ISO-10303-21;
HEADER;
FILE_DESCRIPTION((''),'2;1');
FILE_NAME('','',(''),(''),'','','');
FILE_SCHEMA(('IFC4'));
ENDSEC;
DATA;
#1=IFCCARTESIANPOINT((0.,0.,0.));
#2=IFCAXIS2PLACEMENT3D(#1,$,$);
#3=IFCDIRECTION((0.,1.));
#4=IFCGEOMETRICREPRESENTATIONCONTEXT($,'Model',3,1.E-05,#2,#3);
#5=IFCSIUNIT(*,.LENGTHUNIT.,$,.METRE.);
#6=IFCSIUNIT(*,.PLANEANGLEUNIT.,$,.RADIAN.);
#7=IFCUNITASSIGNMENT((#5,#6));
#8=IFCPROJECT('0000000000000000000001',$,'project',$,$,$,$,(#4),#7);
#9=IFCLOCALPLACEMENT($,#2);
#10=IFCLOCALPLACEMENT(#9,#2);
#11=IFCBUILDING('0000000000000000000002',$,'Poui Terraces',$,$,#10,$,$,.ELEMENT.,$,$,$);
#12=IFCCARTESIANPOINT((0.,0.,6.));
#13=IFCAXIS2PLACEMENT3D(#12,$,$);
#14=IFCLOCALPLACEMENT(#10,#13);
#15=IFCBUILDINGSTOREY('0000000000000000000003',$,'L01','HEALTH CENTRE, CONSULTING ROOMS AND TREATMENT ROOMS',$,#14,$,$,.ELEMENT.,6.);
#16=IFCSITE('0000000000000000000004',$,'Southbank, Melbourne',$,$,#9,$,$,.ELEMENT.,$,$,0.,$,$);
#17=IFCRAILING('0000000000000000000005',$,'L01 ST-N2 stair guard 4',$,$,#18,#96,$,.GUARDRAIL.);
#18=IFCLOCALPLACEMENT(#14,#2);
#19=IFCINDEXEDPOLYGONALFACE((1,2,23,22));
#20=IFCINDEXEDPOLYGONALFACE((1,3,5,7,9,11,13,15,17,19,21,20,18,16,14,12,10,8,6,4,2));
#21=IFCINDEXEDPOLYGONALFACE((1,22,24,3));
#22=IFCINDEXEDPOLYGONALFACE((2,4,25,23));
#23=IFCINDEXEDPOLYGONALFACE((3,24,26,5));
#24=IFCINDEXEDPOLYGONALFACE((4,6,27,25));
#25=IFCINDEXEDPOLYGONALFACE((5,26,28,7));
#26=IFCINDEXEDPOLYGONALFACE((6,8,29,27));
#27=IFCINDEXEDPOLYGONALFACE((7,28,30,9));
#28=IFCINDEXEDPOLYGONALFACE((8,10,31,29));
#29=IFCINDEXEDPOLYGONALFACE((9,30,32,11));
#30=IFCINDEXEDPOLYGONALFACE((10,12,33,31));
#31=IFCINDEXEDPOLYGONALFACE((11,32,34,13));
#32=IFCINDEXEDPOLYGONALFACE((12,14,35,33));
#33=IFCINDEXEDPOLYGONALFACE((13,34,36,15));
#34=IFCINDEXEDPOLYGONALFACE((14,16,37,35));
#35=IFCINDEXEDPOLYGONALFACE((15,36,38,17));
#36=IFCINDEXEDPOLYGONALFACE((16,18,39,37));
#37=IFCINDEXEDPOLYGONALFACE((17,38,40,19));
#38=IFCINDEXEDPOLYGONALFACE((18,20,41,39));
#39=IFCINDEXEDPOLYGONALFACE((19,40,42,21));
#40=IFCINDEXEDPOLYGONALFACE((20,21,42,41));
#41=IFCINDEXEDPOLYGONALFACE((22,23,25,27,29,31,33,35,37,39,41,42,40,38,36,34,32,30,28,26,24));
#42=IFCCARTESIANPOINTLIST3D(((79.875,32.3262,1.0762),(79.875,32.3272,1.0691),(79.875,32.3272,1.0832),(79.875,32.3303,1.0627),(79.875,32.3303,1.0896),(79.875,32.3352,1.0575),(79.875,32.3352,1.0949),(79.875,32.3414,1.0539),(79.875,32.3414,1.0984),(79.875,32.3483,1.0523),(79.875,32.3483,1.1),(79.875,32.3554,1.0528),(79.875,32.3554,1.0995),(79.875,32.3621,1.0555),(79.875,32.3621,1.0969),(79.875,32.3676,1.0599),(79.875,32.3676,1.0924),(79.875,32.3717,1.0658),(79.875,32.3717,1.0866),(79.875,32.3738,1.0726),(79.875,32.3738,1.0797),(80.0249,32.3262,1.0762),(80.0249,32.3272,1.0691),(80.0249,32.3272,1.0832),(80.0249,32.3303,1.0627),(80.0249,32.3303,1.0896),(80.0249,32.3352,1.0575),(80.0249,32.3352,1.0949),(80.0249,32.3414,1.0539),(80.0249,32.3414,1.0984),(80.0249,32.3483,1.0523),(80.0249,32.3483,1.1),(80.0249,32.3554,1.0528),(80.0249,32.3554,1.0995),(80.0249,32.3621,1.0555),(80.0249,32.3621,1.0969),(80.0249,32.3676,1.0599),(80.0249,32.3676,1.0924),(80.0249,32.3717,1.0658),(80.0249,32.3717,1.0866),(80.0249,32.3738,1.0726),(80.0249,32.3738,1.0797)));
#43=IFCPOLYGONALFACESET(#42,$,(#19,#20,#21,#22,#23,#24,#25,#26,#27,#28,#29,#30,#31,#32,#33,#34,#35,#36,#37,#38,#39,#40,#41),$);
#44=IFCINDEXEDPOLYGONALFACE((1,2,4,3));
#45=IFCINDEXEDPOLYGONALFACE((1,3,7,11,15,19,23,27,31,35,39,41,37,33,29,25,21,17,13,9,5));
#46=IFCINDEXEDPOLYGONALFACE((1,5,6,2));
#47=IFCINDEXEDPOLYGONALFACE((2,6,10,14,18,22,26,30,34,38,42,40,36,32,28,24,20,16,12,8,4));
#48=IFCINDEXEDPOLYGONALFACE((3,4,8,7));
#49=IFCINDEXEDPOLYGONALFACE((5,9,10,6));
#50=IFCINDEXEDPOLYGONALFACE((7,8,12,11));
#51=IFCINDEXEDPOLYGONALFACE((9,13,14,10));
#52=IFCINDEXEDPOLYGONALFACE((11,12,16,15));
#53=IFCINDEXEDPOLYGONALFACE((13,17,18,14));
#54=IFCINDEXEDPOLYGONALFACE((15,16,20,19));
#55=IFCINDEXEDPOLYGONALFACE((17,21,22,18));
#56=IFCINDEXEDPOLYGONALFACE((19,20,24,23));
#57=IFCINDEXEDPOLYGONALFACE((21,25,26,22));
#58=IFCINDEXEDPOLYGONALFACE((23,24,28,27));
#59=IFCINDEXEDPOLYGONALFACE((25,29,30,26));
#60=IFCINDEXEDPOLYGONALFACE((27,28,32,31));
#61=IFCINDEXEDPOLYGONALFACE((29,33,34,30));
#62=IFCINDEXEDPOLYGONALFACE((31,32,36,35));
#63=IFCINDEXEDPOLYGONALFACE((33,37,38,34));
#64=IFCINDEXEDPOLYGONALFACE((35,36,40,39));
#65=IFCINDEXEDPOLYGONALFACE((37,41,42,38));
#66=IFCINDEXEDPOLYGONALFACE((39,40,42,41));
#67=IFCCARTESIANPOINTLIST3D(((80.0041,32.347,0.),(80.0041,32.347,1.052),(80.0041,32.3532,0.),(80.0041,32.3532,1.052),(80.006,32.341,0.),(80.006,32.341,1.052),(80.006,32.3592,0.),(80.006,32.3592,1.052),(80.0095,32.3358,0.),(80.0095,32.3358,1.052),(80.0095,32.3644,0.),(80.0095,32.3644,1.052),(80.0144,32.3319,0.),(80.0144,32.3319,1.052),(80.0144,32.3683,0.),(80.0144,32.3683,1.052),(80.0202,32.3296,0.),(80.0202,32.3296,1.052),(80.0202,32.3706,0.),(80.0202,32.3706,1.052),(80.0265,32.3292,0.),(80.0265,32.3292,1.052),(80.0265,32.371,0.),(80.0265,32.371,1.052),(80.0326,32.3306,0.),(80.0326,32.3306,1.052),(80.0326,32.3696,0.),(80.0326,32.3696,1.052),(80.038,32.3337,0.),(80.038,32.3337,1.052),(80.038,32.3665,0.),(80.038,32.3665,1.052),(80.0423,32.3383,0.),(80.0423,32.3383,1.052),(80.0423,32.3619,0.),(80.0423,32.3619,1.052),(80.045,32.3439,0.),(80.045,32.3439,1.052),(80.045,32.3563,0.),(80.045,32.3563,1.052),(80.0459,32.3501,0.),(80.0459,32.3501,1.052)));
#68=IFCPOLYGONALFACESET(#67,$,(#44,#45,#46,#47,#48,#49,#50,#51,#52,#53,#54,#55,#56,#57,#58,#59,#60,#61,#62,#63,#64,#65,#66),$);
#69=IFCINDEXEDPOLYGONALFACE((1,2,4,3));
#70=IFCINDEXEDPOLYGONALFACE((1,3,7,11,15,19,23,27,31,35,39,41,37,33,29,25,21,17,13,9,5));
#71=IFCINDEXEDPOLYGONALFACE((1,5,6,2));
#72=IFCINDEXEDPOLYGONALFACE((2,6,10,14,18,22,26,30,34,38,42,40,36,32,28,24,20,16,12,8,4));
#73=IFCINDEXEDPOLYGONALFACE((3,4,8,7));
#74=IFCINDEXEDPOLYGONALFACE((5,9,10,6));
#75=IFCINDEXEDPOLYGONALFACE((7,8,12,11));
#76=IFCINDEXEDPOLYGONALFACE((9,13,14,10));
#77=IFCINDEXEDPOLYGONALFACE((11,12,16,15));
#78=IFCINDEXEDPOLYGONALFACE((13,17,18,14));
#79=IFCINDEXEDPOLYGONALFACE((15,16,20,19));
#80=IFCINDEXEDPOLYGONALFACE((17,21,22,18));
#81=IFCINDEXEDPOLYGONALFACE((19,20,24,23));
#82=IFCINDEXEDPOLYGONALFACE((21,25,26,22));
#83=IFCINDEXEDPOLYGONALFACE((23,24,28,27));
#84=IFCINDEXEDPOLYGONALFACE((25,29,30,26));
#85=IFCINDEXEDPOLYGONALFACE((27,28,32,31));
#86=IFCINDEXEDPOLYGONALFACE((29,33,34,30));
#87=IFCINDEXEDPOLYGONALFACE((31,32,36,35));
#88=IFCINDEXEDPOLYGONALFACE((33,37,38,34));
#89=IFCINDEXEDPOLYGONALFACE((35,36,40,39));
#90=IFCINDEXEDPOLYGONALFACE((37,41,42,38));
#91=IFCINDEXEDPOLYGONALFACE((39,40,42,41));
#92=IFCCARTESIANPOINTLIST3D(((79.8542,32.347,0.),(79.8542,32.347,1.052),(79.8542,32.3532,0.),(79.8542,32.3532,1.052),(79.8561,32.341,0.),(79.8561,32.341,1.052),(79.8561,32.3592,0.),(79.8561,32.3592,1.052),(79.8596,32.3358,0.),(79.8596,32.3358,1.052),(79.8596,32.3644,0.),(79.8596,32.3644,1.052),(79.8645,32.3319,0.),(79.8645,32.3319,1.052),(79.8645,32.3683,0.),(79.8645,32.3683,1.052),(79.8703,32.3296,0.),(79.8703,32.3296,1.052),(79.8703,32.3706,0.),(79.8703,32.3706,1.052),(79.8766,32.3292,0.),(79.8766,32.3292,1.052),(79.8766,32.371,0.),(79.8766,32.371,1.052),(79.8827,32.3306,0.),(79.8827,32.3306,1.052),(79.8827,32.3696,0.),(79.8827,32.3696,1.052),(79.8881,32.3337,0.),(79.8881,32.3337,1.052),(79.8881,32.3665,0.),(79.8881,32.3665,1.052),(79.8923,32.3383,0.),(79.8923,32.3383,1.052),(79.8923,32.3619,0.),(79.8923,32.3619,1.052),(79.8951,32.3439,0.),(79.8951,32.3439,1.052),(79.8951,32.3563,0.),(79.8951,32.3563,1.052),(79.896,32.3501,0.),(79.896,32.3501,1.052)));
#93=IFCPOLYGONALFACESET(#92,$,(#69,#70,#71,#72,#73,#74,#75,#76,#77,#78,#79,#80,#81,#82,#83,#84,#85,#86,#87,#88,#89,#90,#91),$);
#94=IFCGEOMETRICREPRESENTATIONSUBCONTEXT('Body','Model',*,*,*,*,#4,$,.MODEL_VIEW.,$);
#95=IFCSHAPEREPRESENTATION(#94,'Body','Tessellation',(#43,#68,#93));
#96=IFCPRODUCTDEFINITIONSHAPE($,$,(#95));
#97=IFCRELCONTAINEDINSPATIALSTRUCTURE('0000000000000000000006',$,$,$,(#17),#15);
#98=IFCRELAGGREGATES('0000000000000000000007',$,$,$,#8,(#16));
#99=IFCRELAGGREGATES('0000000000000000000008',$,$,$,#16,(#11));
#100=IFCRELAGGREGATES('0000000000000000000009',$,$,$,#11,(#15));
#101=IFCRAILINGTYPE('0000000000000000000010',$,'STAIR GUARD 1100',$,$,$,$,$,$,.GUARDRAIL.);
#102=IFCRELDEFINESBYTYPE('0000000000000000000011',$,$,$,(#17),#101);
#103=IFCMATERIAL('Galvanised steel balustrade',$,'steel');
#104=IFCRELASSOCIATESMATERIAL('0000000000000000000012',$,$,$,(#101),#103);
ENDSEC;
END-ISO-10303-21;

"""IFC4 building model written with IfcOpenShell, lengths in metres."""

from ifc_helpers import new_model, si_unit, direction, frame, origin, origin_2d, place, context, subcontext, project, spatial, circle, extrude, material, type_object, element, save


model = new_model("IFC4")

# Units and contexts
model_context = context("Model", 3, precision=1e-05, world=origin(), true_north=direction((0.0, 1.0)))
body_context = subcontext(model_context, "Body", "Model", "MODEL_VIEW")
ifc_project = project(units=[si_unit("LENGTHUNIT", "METRE"), si_unit("PLANEANGLEUNIT", "RADIAN")], contexts=[model_context])

# Site, building, storey
site_placement = place(None, origin())
site = spatial("IfcSite", under=ifc_project, at=site_placement, Name="Southbank, Melbourne", CompositionType="ELEMENT", RefElevation=0.0)
building_placement = place(site_placement, origin())
building = spatial("IfcBuilding", under=site, at=building_placement, Name="Poui Terraces", CompositionType="ELEMENT")
storey_placement = place(building_placement, frame((0.0, 0.0, 6.0)))
storey = spatial("IfcBuildingStorey", under=building, at=storey_placement, Name="L01", Description="HEALTH CENTRE, CONSULTING ROOMS AND TREATMENT ROOMS", CompositionType="ELEMENT", Elevation=6.0)

# Railing
ifc_material_1 = material(Name="Galvanised steel balustrade", Category="steel")
railing_type_1 = type_object("IfcRailingType", Name="STAIR GUARD 1100", PredefinedType="GUARDRAIL", material=ifc_material_1)
railing_1_placement = place(storey_placement, frame((80.0249, 32.3501, 0.0)))
element("IfcRailing", 1, at=railing_1_placement, inside=storey, type_object=railing_type_1, Name="L01 ST-N2 stair guard 4", PredefinedType="GUARDRAIL", context=body_context, shape_type="SweptSolid", body=[
    extrude(circle(Radius=0.0239, at=origin_2d()), frame((0.0, 0.0, 1.0762), z_axis=(-1.0, 0.0, 0.0), x_axis=(0.0, -1.0, 0.0)), (0.0, 0.0, 1.0), 0.1499),
    extrude(circle(Radius=0.021, at=origin_2d()), origin(), (0.0, 0.0, 1.0), 1.052),
    extrude(circle(Radius=0.021, at=origin_2d()), frame((-0.1499, 0.0, 0.0)), (0.0, 0.0, 1.0), 1.052),
])

save(model, "model.ifc")
